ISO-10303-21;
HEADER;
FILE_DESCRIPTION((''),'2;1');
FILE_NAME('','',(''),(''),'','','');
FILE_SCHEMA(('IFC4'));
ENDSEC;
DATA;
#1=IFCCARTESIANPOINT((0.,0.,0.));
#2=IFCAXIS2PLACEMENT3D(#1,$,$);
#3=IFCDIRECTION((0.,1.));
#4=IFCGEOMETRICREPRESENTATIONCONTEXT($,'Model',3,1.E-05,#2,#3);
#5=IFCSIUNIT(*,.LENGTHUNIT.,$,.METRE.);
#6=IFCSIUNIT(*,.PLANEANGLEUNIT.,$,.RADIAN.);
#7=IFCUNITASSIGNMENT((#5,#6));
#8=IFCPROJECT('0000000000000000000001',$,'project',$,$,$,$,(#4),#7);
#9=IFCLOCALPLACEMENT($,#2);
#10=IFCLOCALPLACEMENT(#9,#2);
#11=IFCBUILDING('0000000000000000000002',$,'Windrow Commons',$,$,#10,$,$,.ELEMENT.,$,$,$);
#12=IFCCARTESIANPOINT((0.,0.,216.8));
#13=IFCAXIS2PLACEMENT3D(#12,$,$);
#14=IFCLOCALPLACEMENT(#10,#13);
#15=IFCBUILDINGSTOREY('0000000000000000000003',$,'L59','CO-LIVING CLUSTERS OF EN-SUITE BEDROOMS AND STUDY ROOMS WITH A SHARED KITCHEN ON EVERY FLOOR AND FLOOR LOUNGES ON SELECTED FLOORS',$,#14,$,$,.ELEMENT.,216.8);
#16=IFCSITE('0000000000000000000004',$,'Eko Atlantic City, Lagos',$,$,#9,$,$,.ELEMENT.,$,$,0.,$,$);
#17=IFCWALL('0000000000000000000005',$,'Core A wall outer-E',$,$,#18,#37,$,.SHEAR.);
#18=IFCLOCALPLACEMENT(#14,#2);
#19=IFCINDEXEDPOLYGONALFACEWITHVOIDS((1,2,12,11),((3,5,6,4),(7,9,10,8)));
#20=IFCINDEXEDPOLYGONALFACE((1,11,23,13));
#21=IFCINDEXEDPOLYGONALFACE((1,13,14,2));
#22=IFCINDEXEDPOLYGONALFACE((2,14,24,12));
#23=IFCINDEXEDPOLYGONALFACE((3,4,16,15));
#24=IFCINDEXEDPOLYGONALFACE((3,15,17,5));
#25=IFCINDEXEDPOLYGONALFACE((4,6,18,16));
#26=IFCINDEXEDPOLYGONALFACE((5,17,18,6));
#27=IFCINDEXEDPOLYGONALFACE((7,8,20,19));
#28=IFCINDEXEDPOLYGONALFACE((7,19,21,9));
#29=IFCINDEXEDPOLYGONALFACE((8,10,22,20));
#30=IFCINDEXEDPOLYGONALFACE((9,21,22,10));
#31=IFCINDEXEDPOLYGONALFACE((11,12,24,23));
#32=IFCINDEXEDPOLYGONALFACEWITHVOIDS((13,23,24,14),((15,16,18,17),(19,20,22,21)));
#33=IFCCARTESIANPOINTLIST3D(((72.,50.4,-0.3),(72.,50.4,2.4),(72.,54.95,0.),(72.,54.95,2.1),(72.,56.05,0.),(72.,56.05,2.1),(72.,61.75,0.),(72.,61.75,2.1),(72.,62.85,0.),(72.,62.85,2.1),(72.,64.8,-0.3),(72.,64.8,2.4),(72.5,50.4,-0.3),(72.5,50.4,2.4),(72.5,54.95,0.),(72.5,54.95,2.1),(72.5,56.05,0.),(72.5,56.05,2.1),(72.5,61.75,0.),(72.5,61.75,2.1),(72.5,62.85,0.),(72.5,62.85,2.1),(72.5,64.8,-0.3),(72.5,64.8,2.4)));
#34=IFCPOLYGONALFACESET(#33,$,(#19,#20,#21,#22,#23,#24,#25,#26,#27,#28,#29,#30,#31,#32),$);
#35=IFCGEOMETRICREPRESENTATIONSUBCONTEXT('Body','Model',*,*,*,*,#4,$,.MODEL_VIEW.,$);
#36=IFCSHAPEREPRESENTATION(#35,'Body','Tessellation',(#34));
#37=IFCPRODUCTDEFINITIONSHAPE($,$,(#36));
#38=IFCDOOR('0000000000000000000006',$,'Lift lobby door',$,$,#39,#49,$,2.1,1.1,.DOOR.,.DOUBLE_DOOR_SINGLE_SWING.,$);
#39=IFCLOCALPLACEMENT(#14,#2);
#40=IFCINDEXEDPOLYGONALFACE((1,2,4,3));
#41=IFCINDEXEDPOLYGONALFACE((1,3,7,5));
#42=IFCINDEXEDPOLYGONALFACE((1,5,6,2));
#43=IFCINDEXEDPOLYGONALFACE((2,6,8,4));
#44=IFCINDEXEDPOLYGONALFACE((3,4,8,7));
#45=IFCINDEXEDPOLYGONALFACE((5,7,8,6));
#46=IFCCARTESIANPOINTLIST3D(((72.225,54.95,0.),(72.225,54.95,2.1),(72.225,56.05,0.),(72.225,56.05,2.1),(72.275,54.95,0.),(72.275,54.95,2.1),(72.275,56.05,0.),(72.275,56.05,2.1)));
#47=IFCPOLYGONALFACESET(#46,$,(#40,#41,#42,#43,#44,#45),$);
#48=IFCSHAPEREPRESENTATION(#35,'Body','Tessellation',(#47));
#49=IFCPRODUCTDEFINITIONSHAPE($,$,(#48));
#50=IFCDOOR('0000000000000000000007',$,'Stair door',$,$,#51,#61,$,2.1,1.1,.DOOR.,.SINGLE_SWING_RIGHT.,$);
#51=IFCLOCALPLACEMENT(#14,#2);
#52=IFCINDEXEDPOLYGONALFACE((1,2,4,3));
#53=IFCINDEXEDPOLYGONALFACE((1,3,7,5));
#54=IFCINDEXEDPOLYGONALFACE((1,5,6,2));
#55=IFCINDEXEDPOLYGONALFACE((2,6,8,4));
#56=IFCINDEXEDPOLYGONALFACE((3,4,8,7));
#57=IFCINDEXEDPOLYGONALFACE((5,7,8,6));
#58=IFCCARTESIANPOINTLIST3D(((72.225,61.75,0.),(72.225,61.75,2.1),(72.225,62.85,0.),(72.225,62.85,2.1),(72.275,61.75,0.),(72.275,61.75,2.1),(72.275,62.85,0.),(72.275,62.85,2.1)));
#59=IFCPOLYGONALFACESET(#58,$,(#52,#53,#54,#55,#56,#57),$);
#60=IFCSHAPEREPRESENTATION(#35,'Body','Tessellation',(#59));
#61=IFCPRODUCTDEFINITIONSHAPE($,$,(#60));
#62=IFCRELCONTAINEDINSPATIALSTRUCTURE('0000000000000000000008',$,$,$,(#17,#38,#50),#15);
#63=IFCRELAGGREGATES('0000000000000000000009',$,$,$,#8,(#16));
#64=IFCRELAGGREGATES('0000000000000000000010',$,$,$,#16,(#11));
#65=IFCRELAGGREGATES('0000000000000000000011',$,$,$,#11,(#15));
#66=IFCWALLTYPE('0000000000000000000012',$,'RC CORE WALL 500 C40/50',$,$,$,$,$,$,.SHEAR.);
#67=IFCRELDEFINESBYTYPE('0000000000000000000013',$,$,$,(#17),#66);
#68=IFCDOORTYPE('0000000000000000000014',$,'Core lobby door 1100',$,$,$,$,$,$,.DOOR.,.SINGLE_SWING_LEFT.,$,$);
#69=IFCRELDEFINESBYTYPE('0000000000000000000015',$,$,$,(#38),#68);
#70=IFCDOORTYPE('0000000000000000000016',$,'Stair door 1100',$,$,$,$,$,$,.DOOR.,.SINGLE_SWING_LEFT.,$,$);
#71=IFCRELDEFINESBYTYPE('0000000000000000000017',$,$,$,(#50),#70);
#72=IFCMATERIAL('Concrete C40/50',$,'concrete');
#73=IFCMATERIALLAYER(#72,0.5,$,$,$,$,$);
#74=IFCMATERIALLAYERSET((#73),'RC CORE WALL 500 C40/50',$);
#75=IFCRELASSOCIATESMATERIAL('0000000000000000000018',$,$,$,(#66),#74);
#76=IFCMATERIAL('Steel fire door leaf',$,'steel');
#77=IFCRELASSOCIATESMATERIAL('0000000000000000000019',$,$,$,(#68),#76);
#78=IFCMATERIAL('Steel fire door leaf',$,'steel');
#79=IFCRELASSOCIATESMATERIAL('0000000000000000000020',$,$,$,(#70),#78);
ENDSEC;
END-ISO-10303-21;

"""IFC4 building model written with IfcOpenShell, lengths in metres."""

from ifc_helpers import new_model, si_unit, direction, frame, frame_2d, origin, place, context, subcontext, project, spatial, rectangle, extrude, material, layer, layer_set, type_object, element, fill, save


model = new_model("IFC4")

# Units and contexts
model_context = context("Model", 3, precision=1e-05, world=origin(), true_north=direction((0.0, 1.0)))
body_context = subcontext(model_context, "Body", "Model", "MODEL_VIEW")
ifc_project = project(units=[si_unit("LENGTHUNIT", "METRE"), si_unit("PLANEANGLEUNIT", "RADIAN")], contexts=[model_context])

# Site, building, storey
site_placement = place(None, origin())
site = spatial("IfcSite", under=ifc_project, at=site_placement, Name="Eko Atlantic City, Lagos", CompositionType="ELEMENT", RefElevation=0.0)
building_placement = place(site_placement, origin())
building = spatial("IfcBuilding", under=site, at=building_placement, Name="Windrow Commons", CompositionType="ELEMENT")
storey_placement = place(building_placement, frame((0.0, 0.0, 216.8)))
storey = spatial("IfcBuildingStorey", under=building, at=storey_placement, Name="L59", Description="CO-LIVING CLUSTERS OF EN-SUITE BEDROOMS AND STUDY ROOMS WITH A SHARED KITCHEN ON EVERY FLOOR AND FLOOR LOUNGES ON SELECTED FLOORS", CompositionType="ELEMENT", Elevation=216.8)

# Wall, openings, doors
ifc_material_1 = material(Name="Concrete C40/50", Category="concrete")
ifc_layer_1 = layer(ifc_material_1, 0.5)
ifc_layer_set_1 = layer_set([ifc_layer_1], Name="RC CORE WALL 500 C40/50")
wall_type_1 = type_object("IfcWallType", Name="RC CORE WALL 500 C40/50", PredefinedType="SHEAR", material=ifc_layer_set_1)
wall_1_placement = place(storey_placement, frame((72.25, 50.4, -0.3), z_axis=(0.0, 0.0, 1.0), x_axis=(0.0, 1.0, 0.0)))
wall_1 = element("IfcWall", 1, at=wall_1_placement, inside=storey, type_object=wall_type_1, Name="Core A wall outer-E", PredefinedType="SHEAR", context=body_context, shape_type="SweptSolid", body=[
    extrude(rectangle(XDim=14.4, YDim=0.5, at=frame_2d((7.2, 0.0))), origin(), (0.0, 0.0, 1.0), 2.7),
])
opening_1_placement = place(wall_1_placement, frame((4.55, 0.0, 0.3)))
opening_1 = element("IfcOpeningElement", 2, at=opening_1_placement, cuts=wall_1, PredefinedType="OPENING", context=body_context, shape_type="SweptSolid", body=[
    extrude(rectangle(XDim=1.1, YDim=2.1, at=frame_2d((0.55, 1.05))), frame((0.0, 0.26, 0.0), z_axis=(0.0, -1.0, 0.0), x_axis=(1.0, 0.0, 0.0)), (0.0, 0.0, 1.0), 0.52),
])
opening_2_placement = place(wall_1_placement, frame((11.35, 0.0, 0.3)))
opening_2 = element("IfcOpeningElement", 3, at=opening_2_placement, cuts=wall_1, PredefinedType="OPENING", context=body_context, shape_type="SweptSolid", body=[
    extrude(rectangle(XDim=1.1, YDim=2.1, at=frame_2d((0.55, 1.05))), frame((0.0, 0.26, 0.0), z_axis=(0.0, -1.0, 0.0), x_axis=(1.0, 0.0, 0.0)), (0.0, 0.0, 1.0), 0.52),
])
ifc_material_2 = material(Name="Steel fire door leaf", Category="steel")
door_type_1 = type_object("IfcDoorType", Name="Core lobby door 1100", OperationType="SINGLE_SWING_LEFT", PredefinedType="DOOR", material=ifc_material_2)
door_1_placement = place(opening_1_placement, origin())
door_1 = element("IfcDoor", 4, at=door_1_placement, inside=storey, type_object=door_type_1, Name="Lift lobby door", OperationType="DOUBLE_DOOR_SINGLE_SWING", OverallHeight=2.1, OverallWidth=1.1, PredefinedType="DOOR", context=body_context, shape_type="SweptSolid", body=[
    extrude(rectangle(XDim=1.1, YDim=2.1, at=frame_2d((0.55, 1.05))), frame((0.0, 0.025, 0.0), z_axis=(0.0, -1.0, 0.0), x_axis=(1.0, 0.0, 0.0)), (0.0, 0.0, 1.0), 0.05),
])
fill(opening_1, door_1)
ifc_material_3 = material(Name="Steel fire door leaf", Category="steel")
door_type_2 = type_object("IfcDoorType", Name="Stair door 1100", OperationType="SINGLE_SWING_LEFT", PredefinedType="DOOR", material=ifc_material_3)
door_2_placement = place(opening_2_placement, origin())
door_2 = element("IfcDoor", 5, at=door_2_placement, inside=storey, type_object=door_type_2, Name="Stair door", OperationType="SINGLE_SWING_RIGHT", OverallHeight=2.1, OverallWidth=1.1, PredefinedType="DOOR", context=body_context, shape_type="SweptSolid", body=[
    extrude(rectangle(XDim=1.1, YDim=2.1, at=frame_2d((0.55, 1.05))), frame((0.0, 0.025, 0.0), z_axis=(0.0, -1.0, 0.0), x_axis=(1.0, 0.0, 0.0)), (0.0, 0.0, 1.0), 0.05),
])
fill(opening_2, door_2)

save(model, "model.ifc")
